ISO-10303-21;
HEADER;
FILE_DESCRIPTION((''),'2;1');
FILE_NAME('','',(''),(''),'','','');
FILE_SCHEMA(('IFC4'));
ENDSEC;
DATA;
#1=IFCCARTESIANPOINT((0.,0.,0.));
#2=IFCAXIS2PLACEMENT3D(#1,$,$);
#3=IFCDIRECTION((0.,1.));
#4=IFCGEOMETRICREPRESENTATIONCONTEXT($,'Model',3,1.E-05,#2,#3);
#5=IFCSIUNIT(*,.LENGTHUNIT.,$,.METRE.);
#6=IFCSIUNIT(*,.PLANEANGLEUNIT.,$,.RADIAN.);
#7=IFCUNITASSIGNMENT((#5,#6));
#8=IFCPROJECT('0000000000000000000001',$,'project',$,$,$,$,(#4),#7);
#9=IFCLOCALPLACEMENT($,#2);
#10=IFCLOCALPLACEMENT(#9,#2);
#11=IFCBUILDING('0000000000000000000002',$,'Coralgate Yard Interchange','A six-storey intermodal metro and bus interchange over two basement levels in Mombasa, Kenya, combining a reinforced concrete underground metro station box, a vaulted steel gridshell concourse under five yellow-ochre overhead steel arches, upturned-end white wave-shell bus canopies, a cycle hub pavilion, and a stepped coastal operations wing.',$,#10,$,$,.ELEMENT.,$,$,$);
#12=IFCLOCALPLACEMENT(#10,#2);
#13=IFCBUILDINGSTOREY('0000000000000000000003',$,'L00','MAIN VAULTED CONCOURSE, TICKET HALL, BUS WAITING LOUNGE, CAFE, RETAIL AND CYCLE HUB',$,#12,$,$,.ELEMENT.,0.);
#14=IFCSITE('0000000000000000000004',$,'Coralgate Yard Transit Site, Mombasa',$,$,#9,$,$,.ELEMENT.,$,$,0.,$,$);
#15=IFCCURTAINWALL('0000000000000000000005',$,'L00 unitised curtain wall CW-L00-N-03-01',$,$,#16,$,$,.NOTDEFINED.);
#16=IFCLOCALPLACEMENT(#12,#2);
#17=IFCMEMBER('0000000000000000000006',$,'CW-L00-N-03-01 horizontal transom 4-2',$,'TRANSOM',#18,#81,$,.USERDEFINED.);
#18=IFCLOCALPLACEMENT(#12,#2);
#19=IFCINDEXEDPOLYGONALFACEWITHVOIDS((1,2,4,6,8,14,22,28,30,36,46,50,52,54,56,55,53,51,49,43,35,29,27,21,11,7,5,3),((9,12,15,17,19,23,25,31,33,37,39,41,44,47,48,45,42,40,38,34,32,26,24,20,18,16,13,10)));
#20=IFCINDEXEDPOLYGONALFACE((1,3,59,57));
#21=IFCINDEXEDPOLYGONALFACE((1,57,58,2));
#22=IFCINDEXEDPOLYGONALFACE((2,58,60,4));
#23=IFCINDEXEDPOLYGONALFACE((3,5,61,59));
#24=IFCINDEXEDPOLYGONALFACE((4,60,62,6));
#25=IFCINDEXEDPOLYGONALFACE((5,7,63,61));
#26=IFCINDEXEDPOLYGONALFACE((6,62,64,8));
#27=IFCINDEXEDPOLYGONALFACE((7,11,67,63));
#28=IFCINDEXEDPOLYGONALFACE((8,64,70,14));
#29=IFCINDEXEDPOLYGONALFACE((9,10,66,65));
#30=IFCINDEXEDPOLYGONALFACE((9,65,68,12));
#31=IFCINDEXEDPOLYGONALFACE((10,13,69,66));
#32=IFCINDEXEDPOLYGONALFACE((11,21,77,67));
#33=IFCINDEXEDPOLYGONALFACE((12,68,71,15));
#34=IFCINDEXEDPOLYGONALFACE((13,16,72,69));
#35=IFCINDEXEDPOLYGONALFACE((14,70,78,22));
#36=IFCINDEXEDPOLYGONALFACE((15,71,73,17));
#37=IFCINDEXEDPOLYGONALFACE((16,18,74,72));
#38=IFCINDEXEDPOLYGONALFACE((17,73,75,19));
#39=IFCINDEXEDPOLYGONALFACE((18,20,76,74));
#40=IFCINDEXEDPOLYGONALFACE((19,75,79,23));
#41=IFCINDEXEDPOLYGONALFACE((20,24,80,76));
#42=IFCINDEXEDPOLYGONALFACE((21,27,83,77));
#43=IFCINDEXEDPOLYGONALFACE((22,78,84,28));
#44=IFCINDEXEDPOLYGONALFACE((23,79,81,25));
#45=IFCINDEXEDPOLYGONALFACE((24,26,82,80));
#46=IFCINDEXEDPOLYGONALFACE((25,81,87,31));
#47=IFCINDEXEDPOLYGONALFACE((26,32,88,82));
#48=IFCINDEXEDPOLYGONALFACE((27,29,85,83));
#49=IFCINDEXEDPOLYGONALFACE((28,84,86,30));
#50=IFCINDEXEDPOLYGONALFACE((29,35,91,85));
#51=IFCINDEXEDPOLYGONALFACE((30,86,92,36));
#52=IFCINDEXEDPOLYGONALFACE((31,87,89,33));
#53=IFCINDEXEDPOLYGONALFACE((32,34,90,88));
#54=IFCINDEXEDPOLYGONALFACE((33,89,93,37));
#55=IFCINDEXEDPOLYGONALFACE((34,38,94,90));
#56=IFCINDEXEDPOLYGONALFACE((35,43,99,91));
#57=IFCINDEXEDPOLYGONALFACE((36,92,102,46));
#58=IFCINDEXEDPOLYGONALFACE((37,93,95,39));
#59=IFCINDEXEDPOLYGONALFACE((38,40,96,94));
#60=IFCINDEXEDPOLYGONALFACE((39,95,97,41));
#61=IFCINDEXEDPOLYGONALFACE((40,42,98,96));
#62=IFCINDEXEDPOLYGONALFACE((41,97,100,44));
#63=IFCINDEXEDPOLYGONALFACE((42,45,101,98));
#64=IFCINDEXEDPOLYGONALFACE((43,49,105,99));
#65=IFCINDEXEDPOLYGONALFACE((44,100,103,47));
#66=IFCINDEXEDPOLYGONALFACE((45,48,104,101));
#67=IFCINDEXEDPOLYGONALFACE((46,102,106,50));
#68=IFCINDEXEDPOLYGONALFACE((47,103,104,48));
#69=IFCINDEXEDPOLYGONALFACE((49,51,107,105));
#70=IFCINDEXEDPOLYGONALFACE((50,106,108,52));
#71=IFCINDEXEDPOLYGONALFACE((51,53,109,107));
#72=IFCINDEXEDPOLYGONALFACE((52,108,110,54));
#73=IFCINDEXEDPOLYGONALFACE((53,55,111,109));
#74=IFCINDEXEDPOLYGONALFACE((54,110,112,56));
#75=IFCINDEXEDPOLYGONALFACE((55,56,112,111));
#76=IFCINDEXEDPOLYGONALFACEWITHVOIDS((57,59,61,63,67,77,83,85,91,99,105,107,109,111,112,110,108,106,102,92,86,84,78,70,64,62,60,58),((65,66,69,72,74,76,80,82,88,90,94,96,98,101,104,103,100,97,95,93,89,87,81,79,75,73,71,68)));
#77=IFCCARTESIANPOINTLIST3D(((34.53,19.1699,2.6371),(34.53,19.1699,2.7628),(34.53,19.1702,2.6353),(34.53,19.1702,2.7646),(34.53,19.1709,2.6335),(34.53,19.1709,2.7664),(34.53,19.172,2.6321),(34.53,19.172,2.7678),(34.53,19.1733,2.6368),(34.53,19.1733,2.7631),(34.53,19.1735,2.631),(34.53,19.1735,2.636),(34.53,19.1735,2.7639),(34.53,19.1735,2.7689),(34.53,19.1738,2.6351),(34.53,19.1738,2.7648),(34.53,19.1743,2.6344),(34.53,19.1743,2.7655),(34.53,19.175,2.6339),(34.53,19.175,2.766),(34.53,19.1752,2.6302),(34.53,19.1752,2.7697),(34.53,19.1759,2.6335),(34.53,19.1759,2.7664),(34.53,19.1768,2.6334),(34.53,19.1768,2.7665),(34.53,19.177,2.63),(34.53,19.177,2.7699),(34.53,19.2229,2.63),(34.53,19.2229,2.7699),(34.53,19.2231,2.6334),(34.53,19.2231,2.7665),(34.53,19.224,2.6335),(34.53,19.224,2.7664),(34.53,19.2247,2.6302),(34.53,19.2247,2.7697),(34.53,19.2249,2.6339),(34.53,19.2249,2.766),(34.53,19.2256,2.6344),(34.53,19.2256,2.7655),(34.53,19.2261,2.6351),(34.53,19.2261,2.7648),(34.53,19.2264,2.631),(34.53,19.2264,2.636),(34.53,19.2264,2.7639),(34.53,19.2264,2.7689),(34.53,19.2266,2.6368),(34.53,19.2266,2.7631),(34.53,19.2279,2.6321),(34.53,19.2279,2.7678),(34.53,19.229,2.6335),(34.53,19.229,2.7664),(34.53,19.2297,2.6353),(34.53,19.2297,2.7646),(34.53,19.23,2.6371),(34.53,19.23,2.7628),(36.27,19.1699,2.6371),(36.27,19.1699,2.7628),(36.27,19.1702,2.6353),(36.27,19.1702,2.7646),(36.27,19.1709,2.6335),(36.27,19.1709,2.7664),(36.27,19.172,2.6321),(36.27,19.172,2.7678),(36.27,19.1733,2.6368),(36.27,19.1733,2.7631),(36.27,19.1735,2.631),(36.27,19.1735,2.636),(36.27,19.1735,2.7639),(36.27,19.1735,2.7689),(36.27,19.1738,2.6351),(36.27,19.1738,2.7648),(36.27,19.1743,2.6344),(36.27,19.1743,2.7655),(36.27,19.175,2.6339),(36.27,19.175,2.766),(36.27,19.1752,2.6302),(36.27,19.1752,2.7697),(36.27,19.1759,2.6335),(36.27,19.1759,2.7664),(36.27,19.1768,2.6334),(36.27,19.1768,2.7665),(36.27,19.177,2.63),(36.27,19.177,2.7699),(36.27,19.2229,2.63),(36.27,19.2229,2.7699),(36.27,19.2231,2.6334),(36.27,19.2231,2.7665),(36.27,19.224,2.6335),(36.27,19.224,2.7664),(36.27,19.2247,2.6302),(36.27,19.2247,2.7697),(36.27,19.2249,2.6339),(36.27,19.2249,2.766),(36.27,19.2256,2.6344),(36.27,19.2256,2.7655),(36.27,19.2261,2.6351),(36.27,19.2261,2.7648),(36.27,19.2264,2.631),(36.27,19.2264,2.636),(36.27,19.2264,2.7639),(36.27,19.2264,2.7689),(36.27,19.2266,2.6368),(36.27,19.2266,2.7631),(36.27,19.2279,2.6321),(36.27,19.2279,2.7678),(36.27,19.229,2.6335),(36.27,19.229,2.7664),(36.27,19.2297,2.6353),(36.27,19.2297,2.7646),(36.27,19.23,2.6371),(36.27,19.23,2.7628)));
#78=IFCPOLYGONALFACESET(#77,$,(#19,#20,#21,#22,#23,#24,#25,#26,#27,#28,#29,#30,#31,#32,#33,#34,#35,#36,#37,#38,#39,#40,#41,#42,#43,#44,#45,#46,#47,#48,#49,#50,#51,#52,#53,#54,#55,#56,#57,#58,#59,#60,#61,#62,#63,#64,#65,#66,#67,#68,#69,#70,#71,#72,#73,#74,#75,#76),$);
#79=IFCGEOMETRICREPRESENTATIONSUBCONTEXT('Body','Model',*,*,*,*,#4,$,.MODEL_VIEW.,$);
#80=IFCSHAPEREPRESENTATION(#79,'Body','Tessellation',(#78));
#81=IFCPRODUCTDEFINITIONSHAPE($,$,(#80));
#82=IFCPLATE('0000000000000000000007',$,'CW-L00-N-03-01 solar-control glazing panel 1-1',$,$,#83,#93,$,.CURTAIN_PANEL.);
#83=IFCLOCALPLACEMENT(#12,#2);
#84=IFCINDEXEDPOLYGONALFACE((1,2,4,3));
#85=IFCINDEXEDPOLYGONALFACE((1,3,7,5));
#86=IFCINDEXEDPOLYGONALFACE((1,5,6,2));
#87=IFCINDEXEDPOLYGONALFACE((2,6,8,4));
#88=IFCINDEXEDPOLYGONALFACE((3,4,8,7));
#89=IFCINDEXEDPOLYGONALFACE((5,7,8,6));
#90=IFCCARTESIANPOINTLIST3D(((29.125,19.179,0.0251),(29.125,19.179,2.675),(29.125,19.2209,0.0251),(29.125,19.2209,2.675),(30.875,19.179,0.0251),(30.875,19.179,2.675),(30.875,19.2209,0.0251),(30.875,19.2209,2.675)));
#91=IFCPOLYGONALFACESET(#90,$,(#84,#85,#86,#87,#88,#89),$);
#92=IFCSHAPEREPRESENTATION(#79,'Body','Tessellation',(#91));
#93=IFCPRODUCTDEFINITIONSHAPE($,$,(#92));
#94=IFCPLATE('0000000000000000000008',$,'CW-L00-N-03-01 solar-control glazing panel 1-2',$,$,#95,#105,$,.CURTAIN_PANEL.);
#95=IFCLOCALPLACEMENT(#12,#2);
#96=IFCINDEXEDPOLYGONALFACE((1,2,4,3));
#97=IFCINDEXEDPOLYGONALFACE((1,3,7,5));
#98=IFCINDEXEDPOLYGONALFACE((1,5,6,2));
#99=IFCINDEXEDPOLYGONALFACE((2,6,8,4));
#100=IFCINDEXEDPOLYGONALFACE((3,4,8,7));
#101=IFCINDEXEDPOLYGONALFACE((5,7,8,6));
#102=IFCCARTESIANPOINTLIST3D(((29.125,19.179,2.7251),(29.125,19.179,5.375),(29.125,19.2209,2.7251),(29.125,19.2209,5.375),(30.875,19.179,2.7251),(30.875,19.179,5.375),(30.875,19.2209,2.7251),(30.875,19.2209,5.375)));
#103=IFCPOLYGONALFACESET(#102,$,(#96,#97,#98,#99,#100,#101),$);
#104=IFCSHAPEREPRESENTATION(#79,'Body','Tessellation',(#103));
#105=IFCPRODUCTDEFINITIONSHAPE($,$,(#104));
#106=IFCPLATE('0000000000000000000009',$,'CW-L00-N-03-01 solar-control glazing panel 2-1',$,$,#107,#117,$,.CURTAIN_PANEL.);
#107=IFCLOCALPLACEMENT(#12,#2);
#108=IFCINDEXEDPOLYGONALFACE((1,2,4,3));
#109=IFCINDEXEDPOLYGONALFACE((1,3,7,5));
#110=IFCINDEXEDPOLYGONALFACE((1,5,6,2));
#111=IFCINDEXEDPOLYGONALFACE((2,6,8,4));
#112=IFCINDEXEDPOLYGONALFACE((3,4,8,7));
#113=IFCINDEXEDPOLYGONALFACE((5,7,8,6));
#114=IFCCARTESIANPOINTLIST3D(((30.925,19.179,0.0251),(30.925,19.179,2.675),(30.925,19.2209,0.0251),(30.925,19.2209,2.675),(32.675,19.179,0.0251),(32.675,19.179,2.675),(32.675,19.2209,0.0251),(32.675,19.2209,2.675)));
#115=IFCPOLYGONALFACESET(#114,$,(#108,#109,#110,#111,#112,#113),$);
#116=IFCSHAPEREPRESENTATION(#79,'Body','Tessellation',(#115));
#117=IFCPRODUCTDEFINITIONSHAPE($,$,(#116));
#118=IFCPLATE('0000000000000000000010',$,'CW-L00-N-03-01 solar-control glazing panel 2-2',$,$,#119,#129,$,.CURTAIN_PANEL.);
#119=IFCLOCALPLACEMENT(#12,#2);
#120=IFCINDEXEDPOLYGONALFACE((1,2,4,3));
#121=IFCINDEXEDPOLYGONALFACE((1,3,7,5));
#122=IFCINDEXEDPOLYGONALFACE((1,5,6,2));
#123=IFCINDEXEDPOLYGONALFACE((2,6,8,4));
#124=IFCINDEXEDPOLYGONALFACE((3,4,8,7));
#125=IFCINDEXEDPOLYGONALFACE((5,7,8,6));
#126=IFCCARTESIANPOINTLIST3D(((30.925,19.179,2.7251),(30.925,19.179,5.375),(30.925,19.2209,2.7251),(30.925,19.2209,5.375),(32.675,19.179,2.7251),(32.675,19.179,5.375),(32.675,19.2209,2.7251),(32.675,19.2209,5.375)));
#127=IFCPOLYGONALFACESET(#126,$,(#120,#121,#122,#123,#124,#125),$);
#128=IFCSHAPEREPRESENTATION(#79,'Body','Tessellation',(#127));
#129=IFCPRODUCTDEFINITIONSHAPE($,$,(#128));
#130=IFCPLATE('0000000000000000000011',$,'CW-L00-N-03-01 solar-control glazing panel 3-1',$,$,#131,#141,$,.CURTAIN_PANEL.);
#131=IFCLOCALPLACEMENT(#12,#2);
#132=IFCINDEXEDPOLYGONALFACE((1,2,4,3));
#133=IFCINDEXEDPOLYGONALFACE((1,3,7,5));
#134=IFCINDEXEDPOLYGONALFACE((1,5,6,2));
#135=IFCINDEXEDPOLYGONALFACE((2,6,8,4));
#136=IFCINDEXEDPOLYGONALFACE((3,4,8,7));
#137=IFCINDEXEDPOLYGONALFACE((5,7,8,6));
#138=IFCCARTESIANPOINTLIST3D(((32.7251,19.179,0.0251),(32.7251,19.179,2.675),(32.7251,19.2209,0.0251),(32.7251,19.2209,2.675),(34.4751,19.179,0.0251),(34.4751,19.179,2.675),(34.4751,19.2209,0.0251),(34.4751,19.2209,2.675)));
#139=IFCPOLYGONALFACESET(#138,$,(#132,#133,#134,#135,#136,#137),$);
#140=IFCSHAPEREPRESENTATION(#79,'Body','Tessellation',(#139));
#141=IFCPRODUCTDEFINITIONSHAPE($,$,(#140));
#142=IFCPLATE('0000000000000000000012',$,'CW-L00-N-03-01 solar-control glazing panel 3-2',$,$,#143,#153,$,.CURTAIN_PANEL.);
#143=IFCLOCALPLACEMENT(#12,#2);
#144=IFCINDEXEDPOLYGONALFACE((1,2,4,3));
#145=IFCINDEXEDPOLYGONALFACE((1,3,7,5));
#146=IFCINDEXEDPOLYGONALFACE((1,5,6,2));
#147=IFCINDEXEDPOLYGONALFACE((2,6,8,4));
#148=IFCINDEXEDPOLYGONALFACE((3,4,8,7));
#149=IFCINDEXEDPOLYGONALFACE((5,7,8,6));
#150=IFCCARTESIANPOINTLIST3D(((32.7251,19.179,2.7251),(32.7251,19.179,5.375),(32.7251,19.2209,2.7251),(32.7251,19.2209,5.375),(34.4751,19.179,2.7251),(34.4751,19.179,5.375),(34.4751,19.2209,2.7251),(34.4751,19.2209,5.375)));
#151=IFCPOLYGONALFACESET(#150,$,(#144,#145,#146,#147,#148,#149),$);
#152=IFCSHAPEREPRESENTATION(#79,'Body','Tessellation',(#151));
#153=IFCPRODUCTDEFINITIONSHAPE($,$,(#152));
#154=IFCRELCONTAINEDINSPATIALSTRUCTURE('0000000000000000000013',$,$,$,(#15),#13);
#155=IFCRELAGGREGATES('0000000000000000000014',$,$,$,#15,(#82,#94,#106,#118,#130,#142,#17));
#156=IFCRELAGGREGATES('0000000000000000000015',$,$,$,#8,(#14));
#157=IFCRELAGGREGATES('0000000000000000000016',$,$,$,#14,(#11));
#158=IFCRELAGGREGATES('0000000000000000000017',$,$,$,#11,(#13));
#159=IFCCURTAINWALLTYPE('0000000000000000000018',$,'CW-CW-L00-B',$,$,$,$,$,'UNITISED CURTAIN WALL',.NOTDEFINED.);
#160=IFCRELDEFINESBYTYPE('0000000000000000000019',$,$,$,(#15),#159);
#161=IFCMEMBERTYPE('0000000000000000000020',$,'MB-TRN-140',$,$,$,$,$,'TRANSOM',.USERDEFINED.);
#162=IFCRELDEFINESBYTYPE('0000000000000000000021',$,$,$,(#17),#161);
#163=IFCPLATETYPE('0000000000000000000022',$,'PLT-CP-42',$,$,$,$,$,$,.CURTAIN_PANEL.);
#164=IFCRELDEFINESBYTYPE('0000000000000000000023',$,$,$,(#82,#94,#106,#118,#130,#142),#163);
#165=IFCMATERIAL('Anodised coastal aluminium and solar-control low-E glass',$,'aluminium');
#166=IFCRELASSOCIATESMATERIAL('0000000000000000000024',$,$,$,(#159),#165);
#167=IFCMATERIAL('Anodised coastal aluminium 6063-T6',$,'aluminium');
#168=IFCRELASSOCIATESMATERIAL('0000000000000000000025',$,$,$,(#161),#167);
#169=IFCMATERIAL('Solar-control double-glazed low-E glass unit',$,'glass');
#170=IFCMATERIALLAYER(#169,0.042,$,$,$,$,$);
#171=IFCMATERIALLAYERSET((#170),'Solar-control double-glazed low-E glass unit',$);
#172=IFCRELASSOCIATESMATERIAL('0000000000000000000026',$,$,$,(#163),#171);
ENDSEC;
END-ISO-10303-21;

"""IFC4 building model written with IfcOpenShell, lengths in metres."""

from ifc_helpers import new_model, si_unit, direction, frame, origin, origin_2d, place, context, subcontext, project, spatial, rectangle, hollow_rectangle, extrude, material, layer, layer_set, material_profile, profile_set, type_object, element, aggregate, save


model = new_model("IFC4")

# Units and contexts
model_context = context("Model", 3, precision=1e-05, world=origin(), true_north=direction((0.0, 1.0)))
body_context = subcontext(model_context, "Body", "Model", "MODEL_VIEW")
ifc_project = project(units=[si_unit("LENGTHUNIT", "METRE"), si_unit("PLANEANGLEUNIT", "RADIAN")], contexts=[model_context])

# Site, building, storey
site_placement = place(None, origin())
site = spatial("IfcSite", under=ifc_project, at=site_placement, Name="Coralgate Yard Transit Site, Mombasa", CompositionType="ELEMENT", RefElevation=0.0)
building_placement = place(site_placement, origin())
building = spatial("IfcBuilding", under=site, at=building_placement, Name="Coralgate Yard Interchange", Description="A six-storey intermodal metro and bus interchange over two basement levels in Mombasa, Kenya, combining a reinforced concrete underground metro station box, a vaulted steel gridshell concourse under five yellow-ochre overhead steel arches, upturned-end white wave-shell bus canopies, a cycle hub pavilion, and a stepped coastal operations wing.", CompositionType="ELEMENT")
storey_placement = place(building_placement, origin())
storey = spatial("IfcBuildingStorey", under=building, at=storey_placement, Name="L00", Description="MAIN VAULTED CONCOURSE, TICKET HALL, BUS WAITING LOUNGE, CAFE, RETAIL AND CYCLE HUB", CompositionType="ELEMENT", Elevation=0.0)

# Curtain wall, member, plates
ifc_material_1 = material(Name="Anodised coastal aluminium and solar-control low-E glass", Category="aluminium")
curtain_wall_type = type_object("IfcCurtainWallType", Name="CW-CW-L00-B", ElementType="UNITISED CURTAIN WALL", PredefinedType="NOTDEFINED", material=ifc_material_1)
curtain_wall_placement = place(storey_placement, origin())
curtain_wall = element("IfcCurtainWall", 1, at=curtain_wall_placement, inside=storey, type_object=curtain_wall_type, Name="L00 unitised curtain wall CW-L00-N-03-01", PredefinedType="NOTDEFINED")
ifc_material_2 = material(Name="Anodised coastal aluminium 6063-T6", Category="aluminium")
ifc_material_profile_1 = material_profile(ifc_material_2, hollow_rectangle(XDim=0.0601, YDim=0.1399, WallThickness=0.0034, InnerFilletRadius=0.0034, OuterFilletRadius=0.0071, at=origin_2d()), Name="ALU 60x140x3.5")
ifc_profile_set_1 = profile_set([ifc_material_profile_1], Name="Anodised coastal aluminium 6063-T6")
member_type_1 = type_object("IfcMemberType", Name="MB-TRN-140", ElementType="TRANSOM", PredefinedType="USERDEFINED", material=ifc_profile_set_1)
member_1_placement = place(storey_placement, frame((34.53, 19.2, 2.7), z_axis=(1.0, 0.0, 0.0), x_axis=(0.0, 1.0, 0.0)))
member_1 = element("IfcMember", 2, at=member_1_placement, type_object=member_type_1, Name="CW-L00-N-03-01 horizontal transom 4-2", ObjectType="TRANSOM", PredefinedType="USERDEFINED", context=body_context, shape_type="SweptSolid", body=[
    extrude(hollow_rectangle(XDim=0.0601, YDim=0.1399, WallThickness=0.0034, InnerFilletRadius=0.0034, OuterFilletRadius=0.0071, at=origin_2d()), origin(), (0.0, 0.0, 1.0), 1.74),
])
ifc_material_3 = material(Name="Solar-control double-glazed low-E glass unit", Category="glass")
ifc_layer = layer(ifc_material_3, 0.042)
ifc_layer_set = layer_set([ifc_layer], Name="Solar-control double-glazed low-E glass unit")
plate_type = type_object("IfcPlateType", Name="PLT-CP-42", PredefinedType="CURTAIN_PANEL", material=ifc_layer_set)
plate_1_placement = place(storey_placement, frame((30.0, 19.2, 0.0251), z_axis=(0.0, 0.0, 1.0), x_axis=(1.0, 0.0, 0.0)))
plate_1 = element("IfcPlate", 3, at=plate_1_placement, type_object=plate_type, Name="CW-L00-N-03-01 solar-control glazing panel 1-1", PredefinedType="CURTAIN_PANEL", context=body_context, shape_type="SweptSolid", body=[
    extrude(rectangle(XDim=1.75, YDim=0.042, at=origin_2d()), origin(), (0.0, 0.0, 1.0), 2.6499),
])
plate_2_placement = place(storey_placement, frame((30.0, 19.2, 2.7251), z_axis=(0.0, 0.0, 1.0), x_axis=(1.0, 0.0, 0.0)))
plate_2 = element("IfcPlate", 4, at=plate_2_placement, type_object=plate_type, Name="CW-L00-N-03-01 solar-control glazing panel 1-2", PredefinedType="CURTAIN_PANEL", context=body_context, shape_type="SweptSolid", body=[
    extrude(rectangle(XDim=1.75, YDim=0.042, at=origin_2d()), origin(), (0.0, 0.0, 1.0), 2.6499),
])
plate_3_placement = place(storey_placement, frame((31.8, 19.2, 0.0251), z_axis=(0.0, 0.0, 1.0), x_axis=(1.0, 0.0, 0.0)))
plate_3 = element("IfcPlate", 5, at=plate_3_placement, type_object=plate_type, Name="CW-L00-N-03-01 solar-control glazing panel 2-1", PredefinedType="CURTAIN_PANEL", context=body_context, shape_type="SweptSolid", body=[
    extrude(rectangle(XDim=1.75, YDim=0.042, at=origin_2d()), origin(), (0.0, 0.0, 1.0), 2.6499),
])
plate_4_placement = place(storey_placement, frame((31.8, 19.2, 2.7251), z_axis=(0.0, 0.0, 1.0), x_axis=(1.0, 0.0, 0.0)))
plate_4 = element("IfcPlate", 6, at=plate_4_placement, type_object=plate_type, Name="CW-L00-N-03-01 solar-control glazing panel 2-2", PredefinedType="CURTAIN_PANEL", context=body_context, shape_type="SweptSolid", body=[
    extrude(rectangle(XDim=1.75, YDim=0.042, at=origin_2d()), origin(), (0.0, 0.0, 1.0), 2.6499),
])
plate_5_placement = place(storey_placement, frame((33.6001, 19.2, 0.0251), z_axis=(0.0, 0.0, 1.0), x_axis=(1.0, 0.0, 0.0)))
plate_5 = element("IfcPlate", 7, at=plate_5_placement, type_object=plate_type, Name="CW-L00-N-03-01 solar-control glazing panel 3-1", PredefinedType="CURTAIN_PANEL", context=body_context, shape_type="SweptSolid", body=[
    extrude(rectangle(XDim=1.75, YDim=0.042, at=origin_2d()), origin(), (0.0, 0.0, 1.0), 2.6499),
])
plate_6_placement = place(storey_placement, frame((33.6001, 19.2, 2.7251), z_axis=(0.0, 0.0, 1.0), x_axis=(1.0, 0.0, 0.0)))
plate_6 = element("IfcPlate", 8, at=plate_6_placement, type_object=plate_type, Name="CW-L00-N-03-01 solar-control glazing panel 3-2", PredefinedType="CURTAIN_PANEL", context=body_context, shape_type="SweptSolid", body=[
    extrude(rectangle(XDim=1.75, YDim=0.042, at=origin_2d()), origin(), (0.0, 0.0, 1.0), 2.6499),
])
aggregate(curtain_wall, [plate_1, plate_2, plate_3, plate_4, plate_5, plate_6, member_1])

save(model, "model.ifc")
